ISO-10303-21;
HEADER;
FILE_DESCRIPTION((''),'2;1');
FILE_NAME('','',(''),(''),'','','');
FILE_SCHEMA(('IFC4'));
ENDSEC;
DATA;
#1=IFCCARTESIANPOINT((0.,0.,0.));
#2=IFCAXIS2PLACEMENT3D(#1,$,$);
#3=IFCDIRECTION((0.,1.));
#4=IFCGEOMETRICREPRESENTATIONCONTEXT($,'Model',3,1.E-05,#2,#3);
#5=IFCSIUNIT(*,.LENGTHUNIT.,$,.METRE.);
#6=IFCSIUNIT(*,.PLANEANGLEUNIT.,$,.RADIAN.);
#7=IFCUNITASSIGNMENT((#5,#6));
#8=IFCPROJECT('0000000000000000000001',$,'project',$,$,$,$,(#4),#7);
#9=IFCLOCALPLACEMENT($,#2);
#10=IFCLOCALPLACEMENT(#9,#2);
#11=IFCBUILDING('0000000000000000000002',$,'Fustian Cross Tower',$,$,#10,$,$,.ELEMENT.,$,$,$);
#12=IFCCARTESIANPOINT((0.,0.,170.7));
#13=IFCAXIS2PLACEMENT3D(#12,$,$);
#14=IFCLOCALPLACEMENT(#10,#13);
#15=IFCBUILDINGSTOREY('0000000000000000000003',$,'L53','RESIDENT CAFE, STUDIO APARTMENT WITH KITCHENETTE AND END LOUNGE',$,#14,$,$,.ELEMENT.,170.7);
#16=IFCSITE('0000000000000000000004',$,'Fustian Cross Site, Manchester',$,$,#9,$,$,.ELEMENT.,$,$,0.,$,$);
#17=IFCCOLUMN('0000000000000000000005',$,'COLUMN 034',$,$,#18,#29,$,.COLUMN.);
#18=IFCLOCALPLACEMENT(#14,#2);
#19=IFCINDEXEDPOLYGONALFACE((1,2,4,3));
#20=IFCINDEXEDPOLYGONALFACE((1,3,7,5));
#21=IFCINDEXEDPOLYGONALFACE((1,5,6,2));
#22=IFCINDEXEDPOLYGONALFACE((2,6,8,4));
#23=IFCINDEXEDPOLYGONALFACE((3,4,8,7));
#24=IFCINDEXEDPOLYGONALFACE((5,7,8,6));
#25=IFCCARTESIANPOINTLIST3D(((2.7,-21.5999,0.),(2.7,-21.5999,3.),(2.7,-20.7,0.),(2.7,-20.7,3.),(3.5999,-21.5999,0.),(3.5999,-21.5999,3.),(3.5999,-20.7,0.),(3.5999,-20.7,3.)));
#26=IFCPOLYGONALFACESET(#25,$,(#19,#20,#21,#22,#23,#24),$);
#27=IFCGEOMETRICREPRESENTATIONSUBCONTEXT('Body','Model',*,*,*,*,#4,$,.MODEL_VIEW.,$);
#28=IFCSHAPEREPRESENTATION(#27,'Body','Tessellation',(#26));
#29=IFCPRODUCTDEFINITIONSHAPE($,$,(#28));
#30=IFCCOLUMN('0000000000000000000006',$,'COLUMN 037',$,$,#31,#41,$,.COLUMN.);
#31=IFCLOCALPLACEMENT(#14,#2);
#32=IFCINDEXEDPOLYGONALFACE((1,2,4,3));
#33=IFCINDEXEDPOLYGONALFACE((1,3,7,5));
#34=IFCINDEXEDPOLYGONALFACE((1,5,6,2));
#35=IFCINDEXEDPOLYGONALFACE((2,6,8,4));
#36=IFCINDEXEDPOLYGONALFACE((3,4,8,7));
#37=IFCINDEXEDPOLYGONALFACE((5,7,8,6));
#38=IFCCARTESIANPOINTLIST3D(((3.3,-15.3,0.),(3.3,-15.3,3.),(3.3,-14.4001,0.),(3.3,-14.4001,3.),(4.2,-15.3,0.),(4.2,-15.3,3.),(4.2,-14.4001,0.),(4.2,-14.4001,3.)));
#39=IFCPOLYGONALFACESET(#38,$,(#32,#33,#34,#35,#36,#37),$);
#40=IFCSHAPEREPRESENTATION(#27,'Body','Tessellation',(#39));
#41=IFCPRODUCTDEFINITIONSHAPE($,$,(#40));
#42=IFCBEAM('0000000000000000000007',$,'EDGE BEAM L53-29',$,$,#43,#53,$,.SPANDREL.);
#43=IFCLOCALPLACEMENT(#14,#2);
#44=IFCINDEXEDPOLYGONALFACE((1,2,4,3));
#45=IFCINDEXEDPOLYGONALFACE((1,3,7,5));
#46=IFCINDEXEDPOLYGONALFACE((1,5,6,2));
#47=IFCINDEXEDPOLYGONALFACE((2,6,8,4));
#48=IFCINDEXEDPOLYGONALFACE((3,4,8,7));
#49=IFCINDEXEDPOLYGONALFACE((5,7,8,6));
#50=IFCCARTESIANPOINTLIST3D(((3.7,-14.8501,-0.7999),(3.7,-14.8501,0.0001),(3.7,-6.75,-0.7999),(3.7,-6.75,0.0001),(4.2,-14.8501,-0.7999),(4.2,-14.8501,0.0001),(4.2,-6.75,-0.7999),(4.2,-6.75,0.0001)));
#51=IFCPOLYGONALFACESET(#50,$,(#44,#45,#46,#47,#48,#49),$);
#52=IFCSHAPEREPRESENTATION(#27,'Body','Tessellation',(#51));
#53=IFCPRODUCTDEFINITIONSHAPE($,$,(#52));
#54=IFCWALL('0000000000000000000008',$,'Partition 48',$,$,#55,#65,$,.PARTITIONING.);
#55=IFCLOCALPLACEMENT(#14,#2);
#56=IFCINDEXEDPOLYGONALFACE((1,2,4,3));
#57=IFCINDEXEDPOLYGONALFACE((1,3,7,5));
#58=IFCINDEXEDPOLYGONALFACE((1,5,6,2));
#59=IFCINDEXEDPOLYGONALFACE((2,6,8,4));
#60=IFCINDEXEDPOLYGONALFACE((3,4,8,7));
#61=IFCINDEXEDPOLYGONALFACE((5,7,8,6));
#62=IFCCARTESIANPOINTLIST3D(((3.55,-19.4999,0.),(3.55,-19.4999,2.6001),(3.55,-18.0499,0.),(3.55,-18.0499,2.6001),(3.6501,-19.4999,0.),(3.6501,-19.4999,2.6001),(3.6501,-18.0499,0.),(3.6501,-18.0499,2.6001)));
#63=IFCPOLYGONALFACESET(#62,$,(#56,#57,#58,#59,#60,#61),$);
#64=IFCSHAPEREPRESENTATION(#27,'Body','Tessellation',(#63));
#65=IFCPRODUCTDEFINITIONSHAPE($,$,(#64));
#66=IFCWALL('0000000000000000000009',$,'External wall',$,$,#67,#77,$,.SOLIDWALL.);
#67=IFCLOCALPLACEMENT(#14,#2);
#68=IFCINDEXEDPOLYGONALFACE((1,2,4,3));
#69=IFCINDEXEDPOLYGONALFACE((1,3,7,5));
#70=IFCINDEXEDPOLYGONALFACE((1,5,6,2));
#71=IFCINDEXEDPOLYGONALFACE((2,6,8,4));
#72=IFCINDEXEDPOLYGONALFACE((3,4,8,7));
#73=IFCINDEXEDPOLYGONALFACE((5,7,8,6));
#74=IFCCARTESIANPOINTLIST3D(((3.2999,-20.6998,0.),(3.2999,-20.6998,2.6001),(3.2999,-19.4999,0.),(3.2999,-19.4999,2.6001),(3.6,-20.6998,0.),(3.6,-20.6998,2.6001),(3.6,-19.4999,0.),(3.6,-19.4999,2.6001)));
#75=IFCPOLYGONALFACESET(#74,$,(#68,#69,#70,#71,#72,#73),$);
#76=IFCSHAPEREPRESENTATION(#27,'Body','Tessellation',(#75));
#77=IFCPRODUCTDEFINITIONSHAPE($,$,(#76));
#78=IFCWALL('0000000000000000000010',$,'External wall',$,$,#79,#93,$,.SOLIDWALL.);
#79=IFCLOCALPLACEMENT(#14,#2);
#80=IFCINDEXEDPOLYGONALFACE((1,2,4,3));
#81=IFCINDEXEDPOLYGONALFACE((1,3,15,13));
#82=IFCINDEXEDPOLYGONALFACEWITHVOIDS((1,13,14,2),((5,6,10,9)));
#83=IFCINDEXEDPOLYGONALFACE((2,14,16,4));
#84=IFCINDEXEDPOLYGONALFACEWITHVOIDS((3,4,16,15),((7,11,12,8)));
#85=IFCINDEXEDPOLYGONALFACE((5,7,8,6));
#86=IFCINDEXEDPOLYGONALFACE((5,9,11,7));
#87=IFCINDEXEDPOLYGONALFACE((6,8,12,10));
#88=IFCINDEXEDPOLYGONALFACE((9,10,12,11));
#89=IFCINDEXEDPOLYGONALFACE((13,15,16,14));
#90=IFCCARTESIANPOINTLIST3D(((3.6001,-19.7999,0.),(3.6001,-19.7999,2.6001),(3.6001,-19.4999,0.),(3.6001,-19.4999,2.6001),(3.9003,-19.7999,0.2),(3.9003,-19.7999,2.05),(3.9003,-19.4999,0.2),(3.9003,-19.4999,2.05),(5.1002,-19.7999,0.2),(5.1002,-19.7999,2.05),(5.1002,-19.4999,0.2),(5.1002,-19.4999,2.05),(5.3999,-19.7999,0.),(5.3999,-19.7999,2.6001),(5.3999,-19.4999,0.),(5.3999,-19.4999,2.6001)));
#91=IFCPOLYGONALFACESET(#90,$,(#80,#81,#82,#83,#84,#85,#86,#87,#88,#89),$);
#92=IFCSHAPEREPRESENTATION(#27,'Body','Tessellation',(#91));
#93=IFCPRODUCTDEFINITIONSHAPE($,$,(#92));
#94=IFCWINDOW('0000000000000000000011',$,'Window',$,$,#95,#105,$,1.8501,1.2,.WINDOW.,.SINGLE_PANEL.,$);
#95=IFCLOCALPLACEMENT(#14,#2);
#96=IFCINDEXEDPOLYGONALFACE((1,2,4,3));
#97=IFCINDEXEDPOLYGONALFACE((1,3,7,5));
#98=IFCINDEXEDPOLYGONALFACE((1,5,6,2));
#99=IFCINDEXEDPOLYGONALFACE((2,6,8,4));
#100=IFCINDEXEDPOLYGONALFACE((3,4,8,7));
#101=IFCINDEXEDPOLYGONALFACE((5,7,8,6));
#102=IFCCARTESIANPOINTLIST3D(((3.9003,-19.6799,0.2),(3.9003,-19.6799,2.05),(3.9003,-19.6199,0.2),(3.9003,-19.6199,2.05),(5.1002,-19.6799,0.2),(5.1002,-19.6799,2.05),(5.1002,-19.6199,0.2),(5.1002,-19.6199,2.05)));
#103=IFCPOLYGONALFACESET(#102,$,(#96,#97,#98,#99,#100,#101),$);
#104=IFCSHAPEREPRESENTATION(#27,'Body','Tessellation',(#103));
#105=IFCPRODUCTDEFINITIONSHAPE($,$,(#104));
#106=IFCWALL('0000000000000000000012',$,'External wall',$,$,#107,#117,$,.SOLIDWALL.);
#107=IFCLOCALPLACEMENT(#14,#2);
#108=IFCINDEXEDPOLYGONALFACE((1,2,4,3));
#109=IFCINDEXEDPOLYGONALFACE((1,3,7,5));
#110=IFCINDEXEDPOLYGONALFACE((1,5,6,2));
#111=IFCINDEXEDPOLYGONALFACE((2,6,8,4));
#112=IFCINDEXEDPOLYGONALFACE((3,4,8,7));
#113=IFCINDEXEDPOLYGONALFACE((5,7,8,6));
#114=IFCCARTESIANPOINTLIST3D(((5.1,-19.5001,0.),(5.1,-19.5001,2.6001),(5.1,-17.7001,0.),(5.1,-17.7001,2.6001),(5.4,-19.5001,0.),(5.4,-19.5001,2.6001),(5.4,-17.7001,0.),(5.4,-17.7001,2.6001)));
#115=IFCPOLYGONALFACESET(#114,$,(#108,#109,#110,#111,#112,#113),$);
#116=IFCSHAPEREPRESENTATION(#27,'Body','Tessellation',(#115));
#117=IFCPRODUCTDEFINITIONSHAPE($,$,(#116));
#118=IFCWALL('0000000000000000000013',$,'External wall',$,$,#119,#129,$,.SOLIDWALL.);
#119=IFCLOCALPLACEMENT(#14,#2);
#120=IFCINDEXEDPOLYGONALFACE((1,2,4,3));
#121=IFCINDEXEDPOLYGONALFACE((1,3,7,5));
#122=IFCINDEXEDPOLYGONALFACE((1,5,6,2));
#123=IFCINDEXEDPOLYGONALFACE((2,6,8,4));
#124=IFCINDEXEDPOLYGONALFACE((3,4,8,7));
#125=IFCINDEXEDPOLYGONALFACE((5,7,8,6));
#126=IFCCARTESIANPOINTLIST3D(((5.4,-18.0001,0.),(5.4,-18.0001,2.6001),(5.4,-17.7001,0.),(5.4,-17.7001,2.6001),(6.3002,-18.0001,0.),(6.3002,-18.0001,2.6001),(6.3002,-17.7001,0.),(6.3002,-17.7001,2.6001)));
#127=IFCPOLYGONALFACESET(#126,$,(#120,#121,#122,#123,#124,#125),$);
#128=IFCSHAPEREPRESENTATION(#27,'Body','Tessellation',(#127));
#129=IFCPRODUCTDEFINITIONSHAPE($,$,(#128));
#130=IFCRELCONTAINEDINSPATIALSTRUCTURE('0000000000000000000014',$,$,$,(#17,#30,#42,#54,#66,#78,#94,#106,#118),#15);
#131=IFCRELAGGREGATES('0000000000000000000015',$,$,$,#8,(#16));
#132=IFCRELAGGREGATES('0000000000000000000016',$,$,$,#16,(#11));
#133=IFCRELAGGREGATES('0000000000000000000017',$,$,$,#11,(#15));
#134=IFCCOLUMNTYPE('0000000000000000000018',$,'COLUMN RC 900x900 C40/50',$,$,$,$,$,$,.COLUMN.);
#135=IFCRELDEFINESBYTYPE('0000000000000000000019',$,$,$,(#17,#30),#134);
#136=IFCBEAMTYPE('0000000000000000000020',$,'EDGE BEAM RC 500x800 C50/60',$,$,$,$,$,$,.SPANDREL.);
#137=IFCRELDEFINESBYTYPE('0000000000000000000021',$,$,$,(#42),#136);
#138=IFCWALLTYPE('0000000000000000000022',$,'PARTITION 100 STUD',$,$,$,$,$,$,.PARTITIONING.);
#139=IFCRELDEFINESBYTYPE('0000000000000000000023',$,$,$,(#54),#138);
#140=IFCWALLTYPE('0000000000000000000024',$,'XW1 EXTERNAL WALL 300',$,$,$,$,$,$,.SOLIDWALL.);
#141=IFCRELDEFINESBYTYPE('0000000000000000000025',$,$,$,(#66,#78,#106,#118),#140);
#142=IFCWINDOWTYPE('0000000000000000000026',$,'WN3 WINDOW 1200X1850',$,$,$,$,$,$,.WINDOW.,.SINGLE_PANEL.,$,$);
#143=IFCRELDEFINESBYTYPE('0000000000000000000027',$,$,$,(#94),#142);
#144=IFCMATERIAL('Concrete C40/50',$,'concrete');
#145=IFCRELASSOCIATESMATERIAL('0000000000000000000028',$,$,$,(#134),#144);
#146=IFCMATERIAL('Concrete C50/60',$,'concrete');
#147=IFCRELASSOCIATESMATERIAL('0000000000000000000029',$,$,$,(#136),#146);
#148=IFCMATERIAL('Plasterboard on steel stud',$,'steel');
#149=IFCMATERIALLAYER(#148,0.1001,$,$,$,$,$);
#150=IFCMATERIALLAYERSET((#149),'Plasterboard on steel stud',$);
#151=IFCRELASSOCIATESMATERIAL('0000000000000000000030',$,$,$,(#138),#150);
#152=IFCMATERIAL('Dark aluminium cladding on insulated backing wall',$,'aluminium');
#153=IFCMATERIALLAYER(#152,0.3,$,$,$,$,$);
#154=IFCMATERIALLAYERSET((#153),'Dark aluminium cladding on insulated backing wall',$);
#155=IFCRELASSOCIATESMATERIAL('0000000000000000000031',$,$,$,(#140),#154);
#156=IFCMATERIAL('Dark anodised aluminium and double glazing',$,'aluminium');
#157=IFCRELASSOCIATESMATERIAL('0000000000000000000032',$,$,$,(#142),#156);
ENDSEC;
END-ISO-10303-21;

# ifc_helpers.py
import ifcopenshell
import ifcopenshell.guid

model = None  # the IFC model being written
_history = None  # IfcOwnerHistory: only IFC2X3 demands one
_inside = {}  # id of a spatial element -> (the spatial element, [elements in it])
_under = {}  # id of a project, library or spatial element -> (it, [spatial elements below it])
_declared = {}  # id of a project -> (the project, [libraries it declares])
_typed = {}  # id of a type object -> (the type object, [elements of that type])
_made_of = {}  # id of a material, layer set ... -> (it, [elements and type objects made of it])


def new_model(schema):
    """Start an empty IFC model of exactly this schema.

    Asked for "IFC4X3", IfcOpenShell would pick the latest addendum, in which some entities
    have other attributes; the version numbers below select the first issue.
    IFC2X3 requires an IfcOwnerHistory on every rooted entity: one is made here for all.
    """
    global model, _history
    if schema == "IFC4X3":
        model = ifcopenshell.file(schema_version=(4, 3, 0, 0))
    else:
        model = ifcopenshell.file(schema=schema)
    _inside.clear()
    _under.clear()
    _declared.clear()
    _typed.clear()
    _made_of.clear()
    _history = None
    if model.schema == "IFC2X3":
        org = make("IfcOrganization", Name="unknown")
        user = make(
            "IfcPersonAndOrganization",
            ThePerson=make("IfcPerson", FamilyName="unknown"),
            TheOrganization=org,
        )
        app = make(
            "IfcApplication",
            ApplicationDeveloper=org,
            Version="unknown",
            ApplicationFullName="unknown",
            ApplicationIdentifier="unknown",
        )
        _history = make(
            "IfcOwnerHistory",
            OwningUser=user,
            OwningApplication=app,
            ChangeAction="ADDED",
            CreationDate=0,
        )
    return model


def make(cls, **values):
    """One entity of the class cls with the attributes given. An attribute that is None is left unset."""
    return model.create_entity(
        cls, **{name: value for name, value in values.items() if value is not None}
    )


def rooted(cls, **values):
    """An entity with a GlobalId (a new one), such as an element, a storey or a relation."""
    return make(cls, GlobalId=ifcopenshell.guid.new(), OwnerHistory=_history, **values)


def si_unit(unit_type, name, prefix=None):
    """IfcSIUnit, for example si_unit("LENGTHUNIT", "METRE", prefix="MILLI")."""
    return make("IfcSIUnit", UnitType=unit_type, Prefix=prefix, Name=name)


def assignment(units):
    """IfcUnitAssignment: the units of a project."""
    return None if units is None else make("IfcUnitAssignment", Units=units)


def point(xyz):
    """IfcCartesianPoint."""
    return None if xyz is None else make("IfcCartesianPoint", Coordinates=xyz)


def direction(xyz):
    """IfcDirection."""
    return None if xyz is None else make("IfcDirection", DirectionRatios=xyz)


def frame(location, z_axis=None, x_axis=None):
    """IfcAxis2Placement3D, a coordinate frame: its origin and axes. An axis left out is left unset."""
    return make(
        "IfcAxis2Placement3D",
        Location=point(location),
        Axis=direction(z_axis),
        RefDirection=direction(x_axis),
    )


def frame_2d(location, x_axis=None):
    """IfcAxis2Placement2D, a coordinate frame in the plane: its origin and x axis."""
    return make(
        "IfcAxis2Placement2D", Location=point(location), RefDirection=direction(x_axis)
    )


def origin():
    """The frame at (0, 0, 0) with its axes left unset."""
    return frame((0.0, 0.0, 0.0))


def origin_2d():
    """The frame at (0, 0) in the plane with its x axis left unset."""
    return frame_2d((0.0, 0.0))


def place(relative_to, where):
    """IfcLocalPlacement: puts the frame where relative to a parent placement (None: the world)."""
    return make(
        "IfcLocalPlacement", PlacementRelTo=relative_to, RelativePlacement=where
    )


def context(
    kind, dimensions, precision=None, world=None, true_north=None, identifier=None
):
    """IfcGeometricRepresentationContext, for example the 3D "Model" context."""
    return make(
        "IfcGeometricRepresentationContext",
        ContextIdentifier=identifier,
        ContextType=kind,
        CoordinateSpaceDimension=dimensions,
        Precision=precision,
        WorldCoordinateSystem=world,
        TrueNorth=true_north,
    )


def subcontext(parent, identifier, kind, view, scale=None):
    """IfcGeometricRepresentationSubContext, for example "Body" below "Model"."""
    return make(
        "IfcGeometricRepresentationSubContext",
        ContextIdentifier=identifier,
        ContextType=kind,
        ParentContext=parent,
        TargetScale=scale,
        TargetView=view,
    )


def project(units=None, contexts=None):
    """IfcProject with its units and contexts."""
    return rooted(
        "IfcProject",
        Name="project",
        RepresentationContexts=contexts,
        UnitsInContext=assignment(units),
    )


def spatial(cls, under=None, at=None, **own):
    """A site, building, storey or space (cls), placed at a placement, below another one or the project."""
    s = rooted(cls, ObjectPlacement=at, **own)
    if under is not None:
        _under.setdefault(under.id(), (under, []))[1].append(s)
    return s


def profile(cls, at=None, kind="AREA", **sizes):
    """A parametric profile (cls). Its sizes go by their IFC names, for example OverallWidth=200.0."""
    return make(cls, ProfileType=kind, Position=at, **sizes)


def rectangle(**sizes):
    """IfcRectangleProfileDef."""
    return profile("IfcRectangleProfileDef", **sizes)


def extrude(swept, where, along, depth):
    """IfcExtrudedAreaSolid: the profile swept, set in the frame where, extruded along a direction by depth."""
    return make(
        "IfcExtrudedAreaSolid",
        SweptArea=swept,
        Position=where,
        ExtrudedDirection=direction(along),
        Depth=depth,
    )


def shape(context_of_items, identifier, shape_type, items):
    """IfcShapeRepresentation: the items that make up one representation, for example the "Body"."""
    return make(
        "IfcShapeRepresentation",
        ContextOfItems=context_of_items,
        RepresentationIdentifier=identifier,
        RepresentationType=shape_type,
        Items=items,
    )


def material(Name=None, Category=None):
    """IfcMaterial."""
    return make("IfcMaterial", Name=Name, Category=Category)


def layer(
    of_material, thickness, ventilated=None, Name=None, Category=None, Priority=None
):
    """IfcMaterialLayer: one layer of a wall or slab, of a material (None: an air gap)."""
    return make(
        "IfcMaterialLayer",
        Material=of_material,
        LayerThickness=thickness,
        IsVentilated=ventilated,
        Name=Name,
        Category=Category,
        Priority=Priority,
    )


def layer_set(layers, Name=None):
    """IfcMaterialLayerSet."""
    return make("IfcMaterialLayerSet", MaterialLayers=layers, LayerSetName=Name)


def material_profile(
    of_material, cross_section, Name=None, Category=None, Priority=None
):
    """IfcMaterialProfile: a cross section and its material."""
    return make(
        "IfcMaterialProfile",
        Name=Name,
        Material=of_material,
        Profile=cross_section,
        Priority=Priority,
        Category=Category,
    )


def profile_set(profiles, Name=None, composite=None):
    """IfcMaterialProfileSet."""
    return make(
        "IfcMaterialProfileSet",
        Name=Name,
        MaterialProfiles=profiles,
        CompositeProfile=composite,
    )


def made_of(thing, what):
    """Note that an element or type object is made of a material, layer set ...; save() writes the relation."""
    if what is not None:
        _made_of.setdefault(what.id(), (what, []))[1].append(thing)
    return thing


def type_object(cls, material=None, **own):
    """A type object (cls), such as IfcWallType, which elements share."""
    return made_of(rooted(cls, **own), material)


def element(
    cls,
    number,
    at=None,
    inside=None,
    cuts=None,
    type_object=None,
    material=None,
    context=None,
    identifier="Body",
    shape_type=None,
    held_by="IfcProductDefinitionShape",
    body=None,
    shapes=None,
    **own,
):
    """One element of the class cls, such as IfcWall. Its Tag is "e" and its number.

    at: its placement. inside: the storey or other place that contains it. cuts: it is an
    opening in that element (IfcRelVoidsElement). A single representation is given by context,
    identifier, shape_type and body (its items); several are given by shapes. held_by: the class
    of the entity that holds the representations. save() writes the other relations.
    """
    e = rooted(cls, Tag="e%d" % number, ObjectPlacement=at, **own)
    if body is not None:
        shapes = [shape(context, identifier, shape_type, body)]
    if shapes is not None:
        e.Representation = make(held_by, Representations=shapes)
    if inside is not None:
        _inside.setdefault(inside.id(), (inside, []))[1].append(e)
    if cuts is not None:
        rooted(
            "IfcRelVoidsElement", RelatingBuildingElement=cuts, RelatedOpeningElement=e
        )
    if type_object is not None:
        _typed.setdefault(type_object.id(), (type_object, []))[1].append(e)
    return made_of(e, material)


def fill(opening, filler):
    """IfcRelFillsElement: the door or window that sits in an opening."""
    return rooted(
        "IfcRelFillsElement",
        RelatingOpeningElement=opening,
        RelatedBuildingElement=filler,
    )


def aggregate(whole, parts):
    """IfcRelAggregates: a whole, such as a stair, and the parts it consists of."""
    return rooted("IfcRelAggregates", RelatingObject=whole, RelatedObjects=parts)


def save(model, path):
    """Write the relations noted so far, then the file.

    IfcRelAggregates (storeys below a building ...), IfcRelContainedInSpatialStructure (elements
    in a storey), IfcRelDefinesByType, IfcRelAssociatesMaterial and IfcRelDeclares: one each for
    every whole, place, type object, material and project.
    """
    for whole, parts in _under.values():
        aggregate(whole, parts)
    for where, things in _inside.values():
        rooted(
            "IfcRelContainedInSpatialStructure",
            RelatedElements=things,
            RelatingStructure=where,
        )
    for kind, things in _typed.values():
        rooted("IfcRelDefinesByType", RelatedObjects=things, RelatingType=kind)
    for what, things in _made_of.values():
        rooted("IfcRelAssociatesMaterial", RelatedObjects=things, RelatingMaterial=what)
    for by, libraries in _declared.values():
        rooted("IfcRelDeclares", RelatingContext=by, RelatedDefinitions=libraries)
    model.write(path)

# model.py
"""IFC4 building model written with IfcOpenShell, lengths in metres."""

from ifc_helpers import new_model, si_unit, direction, frame, frame_2d, origin, origin_2d, place, context, subcontext, project, spatial, rectangle, extrude, material, layer, layer_set, material_profile, profile_set, type_object, element, fill, save


model = new_model("IFC4")

# Units and contexts
model_context = context("Model", 3, precision=1e-05, world=origin(), true_north=direction((0.0, 1.0)))
body_context = subcontext(model_context, "Body", "Model", "MODEL_VIEW")
ifc_project = project(units=[si_unit("LENGTHUNIT", "METRE"), si_unit("PLANEANGLEUNIT", "RADIAN")], contexts=[model_context])

# Site, building, storey
site_placement = place(None, origin())
site = spatial("IfcSite", under=ifc_project, at=site_placement, Name="Fustian Cross Site, Manchester", CompositionType="ELEMENT", RefElevation=0.0)
building_placement = place(site_placement, origin())
building = spatial("IfcBuilding", under=site, at=building_placement, Name="Fustian Cross Tower", CompositionType="ELEMENT")
storey_placement = place(building_placement, frame((0.0, 0.0, 170.7)))
storey = spatial("IfcBuildingStorey", under=building, at=storey_placement, Name="L53", Description="RESIDENT CAFE, STUDIO APARTMENT WITH KITCHENETTE AND END LOUNGE", CompositionType="ELEMENT", Elevation=170.7)

# Columns
ifc_material_1 = material(Name="Concrete C40/50", Category="concrete")
ifc_material_profile_1 = material_profile(ifc_material_1, rectangle(XDim=0.8999, YDim=0.8999, at=origin_2d()), Name="RC 900x900")
ifc_profile_set_1 = profile_set([ifc_material_profile_1], Name="Concrete C40/50")
column_type = type_object("IfcColumnType", Name="COLUMN RC 900x900 C40/50", PredefinedType="COLUMN", material=ifc_profile_set_1)
for number, where, z_axis, x_axis, name in (
    (1, (3.1499, -21.1499, 0.0), (0.0, 0.0, 1.0), (1.0, 0.0, 0.0), "COLUMN 034"),
    (2, (3.75, -14.8501, 0.0), (0.0, 0.0, 1.0), (1.0, 0.0, 0.0), "COLUMN 037"),
):
    element("IfcColumn", number, at=place(storey_placement, frame(where, z_axis=z_axis, x_axis=x_axis)), inside=storey, type_object=column_type, Name=name, PredefinedType="COLUMN", context=body_context, shape_type="SweptSolid", body=[
        extrude(rectangle(XDim=0.8999, YDim=0.8999, at=origin_2d()), origin(), (0.0, 0.0, 1.0), 3.0),
    ])

# Beam
ifc_material_2 = material(Name="Concrete C50/60", Category="concrete")
ifc_material_profile_2 = material_profile(ifc_material_2, rectangle(XDim=0.5, YDim=0.8, at=origin_2d()), Name="RC 500x800")
ifc_profile_set_2 = profile_set([ifc_material_profile_2], Name="Concrete C50/60")
beam_type = type_object("IfcBeamType", Name="EDGE BEAM RC 500x800 C50/60", PredefinedType="SPANDREL", material=ifc_profile_set_2)
beam_placement = place(storey_placement, frame((3.95, -14.8501, -0.3999), z_axis=(0.0, 1.0, 0.0), x_axis=(-1.0, 0.0, 0.0)))
element("IfcBeam", 3, at=beam_placement, inside=storey, type_object=beam_type, Name="EDGE BEAM L53-29", PredefinedType="SPANDREL", context=body_context, shape_type="SweptSolid", body=[
    extrude(rectangle(XDim=0.5, YDim=0.8, at=origin_2d()), origin(), (0.0, 0.0, 1.0), 8.1001),
])

# Walls
ifc_material_3 = material(Name="Plasterboard on steel stud", Category="steel")
ifc_layer_1 = layer(ifc_material_3, 0.1001)
ifc_layer_set_1 = layer_set([ifc_layer_1], Name="Plasterboard on steel stud")
wall_type_1 = type_object("IfcWallType", Name="PARTITION 100 STUD", PredefinedType="PARTITIONING", material=ifc_layer_set_1)
wall_1_placement = place(storey_placement, frame((3.6001, -19.5, 0.0), z_axis=(0.0, 0.0, 1.0), x_axis=(0.0, 1.0, 0.0)))
element("IfcWall", 4, at=wall_1_placement, inside=storey, type_object=wall_type_1, Name="Partition 48", PredefinedType="PARTITIONING", context=body_context, shape_type="SweptSolid", body=[
    extrude(rectangle(XDim=1.45, YDim=0.1001, at=frame_2d((0.7251, 0.0))), origin(), (0.0, 0.0, 1.0), 2.6001),
])
ifc_material_4 = material(Name="Dark aluminium cladding on insulated backing wall", Category="aluminium")
ifc_layer_2 = layer(ifc_material_4, 0.3)
ifc_layer_set_2 = layer_set([ifc_layer_2], Name="Dark aluminium cladding on insulated backing wall")
wall_type_2 = type_object("IfcWallType", Name="XW1 EXTERNAL WALL 300", PredefinedType="SOLIDWALL", material=ifc_layer_set_2)
wall_2_placement = place(storey_placement, frame((3.45, -20.7, 0.0), z_axis=(0.0, 0.0, 1.0), x_axis=(0.0, 1.0, 0.0)))
element("IfcWall", 5, at=wall_2_placement, inside=storey, type_object=wall_type_2, Name="External wall", PredefinedType="SOLIDWALL", context=body_context, shape_type="SweptSolid", body=[
    extrude(rectangle(XDim=1.2, YDim=0.3, at=frame_2d((0.6001, 0.0))), origin(), (0.0, 0.0, 1.0), 2.6001),
])

# Wall, opening, window
wall_3_placement = place(storey_placement, frame((3.6001, -19.6499, 0.0), z_axis=(0.0, 0.0, 1.0), x_axis=(1.0, 0.0, 0.0)))
wall_3 = element("IfcWall", 6, at=wall_3_placement, inside=storey, type_object=wall_type_2, Name="External wall", PredefinedType="SOLIDWALL", context=body_context, shape_type="SweptSolid", body=[
    extrude(rectangle(XDim=1.7998, YDim=0.3, at=frame_2d((0.8999, 0.0))), origin(), (0.0, 0.0, 1.0), 2.6001),
])
opening_placement = place(wall_3_placement, frame((0.3, 0.0, 0.2)))
opening = element("IfcOpeningElement", 7, at=opening_placement, cuts=wall_3, PredefinedType="OPENING", context=body_context, shape_type="SweptSolid", body=[
    extrude(rectangle(XDim=1.2, YDim=1.8501, at=frame_2d((0.6001, 0.925))), frame((0.0, 0.1599, 0.0), z_axis=(0.0, -1.0, 0.0), x_axis=(1.0, 0.0, 0.0)), (0.0, 0.0, 1.0), 0.3201),
])
ifc_material_5 = material(Name="Dark anodised aluminium and double glazing", Category="aluminium")
window_type = type_object("IfcWindowType", Name="WN3 WINDOW 1200X1850", PartitioningType="SINGLE_PANEL", PredefinedType="WINDOW", material=ifc_material_5)
window_placement = place(opening_placement, origin())
window = element("IfcWindow", 8, at=window_placement, inside=storey, type_object=window_type, Name="Window", OverallHeight=1.8501, OverallWidth=1.2, PartitioningType="SINGLE_PANEL", PredefinedType="WINDOW", context=body_context, shape_type="SweptSolid", body=[
    extrude(rectangle(XDim=1.2, YDim=1.8501, at=frame_2d((0.6001, 0.925))), frame((0.0, 0.03, 0.0), z_axis=(0.0, -1.0, 0.0), x_axis=(1.0, 0.0, 0.0)), (0.0, 0.0, 1.0), 0.0601),
])
fill(opening, window)

# Walls
wall_4_placement = place(storey_placement, frame((5.25, -19.5, 0.0), z_axis=(0.0, 0.0, 1.0), x_axis=(0.0, 1.0, 0.0)))
element("IfcWall", 9, at=wall_4_placement, inside=storey, type_object=wall_type_2, Name="External wall", PredefinedType="SOLIDWALL", context=body_context, shape_type="SweptSolid", body=[
    extrude(rectangle(XDim=1.8, YDim=0.3, at=frame_2d((0.8999, 0.0))), origin(), (0.0, 0.0, 1.0), 2.6001),
])
wall_5_placement = place(storey_placement, frame((5.3999, -17.8501, 0.0), z_axis=(0.0, 0.0, 1.0), x_axis=(1.0, 0.0, 0.0)))
element("IfcWall", 10, at=wall_5_placement, inside=storey, type_object=wall_type_2, Name="External wall", PredefinedType="SOLIDWALL", context=body_context, shape_type="SweptSolid", body=[
    extrude(rectangle(XDim=0.9001, YDim=0.3, at=frame_2d((0.4502, 0.0))), origin(), (0.0, 0.0, 1.0), 2.6001),
])

save(model, "model.ifc")
